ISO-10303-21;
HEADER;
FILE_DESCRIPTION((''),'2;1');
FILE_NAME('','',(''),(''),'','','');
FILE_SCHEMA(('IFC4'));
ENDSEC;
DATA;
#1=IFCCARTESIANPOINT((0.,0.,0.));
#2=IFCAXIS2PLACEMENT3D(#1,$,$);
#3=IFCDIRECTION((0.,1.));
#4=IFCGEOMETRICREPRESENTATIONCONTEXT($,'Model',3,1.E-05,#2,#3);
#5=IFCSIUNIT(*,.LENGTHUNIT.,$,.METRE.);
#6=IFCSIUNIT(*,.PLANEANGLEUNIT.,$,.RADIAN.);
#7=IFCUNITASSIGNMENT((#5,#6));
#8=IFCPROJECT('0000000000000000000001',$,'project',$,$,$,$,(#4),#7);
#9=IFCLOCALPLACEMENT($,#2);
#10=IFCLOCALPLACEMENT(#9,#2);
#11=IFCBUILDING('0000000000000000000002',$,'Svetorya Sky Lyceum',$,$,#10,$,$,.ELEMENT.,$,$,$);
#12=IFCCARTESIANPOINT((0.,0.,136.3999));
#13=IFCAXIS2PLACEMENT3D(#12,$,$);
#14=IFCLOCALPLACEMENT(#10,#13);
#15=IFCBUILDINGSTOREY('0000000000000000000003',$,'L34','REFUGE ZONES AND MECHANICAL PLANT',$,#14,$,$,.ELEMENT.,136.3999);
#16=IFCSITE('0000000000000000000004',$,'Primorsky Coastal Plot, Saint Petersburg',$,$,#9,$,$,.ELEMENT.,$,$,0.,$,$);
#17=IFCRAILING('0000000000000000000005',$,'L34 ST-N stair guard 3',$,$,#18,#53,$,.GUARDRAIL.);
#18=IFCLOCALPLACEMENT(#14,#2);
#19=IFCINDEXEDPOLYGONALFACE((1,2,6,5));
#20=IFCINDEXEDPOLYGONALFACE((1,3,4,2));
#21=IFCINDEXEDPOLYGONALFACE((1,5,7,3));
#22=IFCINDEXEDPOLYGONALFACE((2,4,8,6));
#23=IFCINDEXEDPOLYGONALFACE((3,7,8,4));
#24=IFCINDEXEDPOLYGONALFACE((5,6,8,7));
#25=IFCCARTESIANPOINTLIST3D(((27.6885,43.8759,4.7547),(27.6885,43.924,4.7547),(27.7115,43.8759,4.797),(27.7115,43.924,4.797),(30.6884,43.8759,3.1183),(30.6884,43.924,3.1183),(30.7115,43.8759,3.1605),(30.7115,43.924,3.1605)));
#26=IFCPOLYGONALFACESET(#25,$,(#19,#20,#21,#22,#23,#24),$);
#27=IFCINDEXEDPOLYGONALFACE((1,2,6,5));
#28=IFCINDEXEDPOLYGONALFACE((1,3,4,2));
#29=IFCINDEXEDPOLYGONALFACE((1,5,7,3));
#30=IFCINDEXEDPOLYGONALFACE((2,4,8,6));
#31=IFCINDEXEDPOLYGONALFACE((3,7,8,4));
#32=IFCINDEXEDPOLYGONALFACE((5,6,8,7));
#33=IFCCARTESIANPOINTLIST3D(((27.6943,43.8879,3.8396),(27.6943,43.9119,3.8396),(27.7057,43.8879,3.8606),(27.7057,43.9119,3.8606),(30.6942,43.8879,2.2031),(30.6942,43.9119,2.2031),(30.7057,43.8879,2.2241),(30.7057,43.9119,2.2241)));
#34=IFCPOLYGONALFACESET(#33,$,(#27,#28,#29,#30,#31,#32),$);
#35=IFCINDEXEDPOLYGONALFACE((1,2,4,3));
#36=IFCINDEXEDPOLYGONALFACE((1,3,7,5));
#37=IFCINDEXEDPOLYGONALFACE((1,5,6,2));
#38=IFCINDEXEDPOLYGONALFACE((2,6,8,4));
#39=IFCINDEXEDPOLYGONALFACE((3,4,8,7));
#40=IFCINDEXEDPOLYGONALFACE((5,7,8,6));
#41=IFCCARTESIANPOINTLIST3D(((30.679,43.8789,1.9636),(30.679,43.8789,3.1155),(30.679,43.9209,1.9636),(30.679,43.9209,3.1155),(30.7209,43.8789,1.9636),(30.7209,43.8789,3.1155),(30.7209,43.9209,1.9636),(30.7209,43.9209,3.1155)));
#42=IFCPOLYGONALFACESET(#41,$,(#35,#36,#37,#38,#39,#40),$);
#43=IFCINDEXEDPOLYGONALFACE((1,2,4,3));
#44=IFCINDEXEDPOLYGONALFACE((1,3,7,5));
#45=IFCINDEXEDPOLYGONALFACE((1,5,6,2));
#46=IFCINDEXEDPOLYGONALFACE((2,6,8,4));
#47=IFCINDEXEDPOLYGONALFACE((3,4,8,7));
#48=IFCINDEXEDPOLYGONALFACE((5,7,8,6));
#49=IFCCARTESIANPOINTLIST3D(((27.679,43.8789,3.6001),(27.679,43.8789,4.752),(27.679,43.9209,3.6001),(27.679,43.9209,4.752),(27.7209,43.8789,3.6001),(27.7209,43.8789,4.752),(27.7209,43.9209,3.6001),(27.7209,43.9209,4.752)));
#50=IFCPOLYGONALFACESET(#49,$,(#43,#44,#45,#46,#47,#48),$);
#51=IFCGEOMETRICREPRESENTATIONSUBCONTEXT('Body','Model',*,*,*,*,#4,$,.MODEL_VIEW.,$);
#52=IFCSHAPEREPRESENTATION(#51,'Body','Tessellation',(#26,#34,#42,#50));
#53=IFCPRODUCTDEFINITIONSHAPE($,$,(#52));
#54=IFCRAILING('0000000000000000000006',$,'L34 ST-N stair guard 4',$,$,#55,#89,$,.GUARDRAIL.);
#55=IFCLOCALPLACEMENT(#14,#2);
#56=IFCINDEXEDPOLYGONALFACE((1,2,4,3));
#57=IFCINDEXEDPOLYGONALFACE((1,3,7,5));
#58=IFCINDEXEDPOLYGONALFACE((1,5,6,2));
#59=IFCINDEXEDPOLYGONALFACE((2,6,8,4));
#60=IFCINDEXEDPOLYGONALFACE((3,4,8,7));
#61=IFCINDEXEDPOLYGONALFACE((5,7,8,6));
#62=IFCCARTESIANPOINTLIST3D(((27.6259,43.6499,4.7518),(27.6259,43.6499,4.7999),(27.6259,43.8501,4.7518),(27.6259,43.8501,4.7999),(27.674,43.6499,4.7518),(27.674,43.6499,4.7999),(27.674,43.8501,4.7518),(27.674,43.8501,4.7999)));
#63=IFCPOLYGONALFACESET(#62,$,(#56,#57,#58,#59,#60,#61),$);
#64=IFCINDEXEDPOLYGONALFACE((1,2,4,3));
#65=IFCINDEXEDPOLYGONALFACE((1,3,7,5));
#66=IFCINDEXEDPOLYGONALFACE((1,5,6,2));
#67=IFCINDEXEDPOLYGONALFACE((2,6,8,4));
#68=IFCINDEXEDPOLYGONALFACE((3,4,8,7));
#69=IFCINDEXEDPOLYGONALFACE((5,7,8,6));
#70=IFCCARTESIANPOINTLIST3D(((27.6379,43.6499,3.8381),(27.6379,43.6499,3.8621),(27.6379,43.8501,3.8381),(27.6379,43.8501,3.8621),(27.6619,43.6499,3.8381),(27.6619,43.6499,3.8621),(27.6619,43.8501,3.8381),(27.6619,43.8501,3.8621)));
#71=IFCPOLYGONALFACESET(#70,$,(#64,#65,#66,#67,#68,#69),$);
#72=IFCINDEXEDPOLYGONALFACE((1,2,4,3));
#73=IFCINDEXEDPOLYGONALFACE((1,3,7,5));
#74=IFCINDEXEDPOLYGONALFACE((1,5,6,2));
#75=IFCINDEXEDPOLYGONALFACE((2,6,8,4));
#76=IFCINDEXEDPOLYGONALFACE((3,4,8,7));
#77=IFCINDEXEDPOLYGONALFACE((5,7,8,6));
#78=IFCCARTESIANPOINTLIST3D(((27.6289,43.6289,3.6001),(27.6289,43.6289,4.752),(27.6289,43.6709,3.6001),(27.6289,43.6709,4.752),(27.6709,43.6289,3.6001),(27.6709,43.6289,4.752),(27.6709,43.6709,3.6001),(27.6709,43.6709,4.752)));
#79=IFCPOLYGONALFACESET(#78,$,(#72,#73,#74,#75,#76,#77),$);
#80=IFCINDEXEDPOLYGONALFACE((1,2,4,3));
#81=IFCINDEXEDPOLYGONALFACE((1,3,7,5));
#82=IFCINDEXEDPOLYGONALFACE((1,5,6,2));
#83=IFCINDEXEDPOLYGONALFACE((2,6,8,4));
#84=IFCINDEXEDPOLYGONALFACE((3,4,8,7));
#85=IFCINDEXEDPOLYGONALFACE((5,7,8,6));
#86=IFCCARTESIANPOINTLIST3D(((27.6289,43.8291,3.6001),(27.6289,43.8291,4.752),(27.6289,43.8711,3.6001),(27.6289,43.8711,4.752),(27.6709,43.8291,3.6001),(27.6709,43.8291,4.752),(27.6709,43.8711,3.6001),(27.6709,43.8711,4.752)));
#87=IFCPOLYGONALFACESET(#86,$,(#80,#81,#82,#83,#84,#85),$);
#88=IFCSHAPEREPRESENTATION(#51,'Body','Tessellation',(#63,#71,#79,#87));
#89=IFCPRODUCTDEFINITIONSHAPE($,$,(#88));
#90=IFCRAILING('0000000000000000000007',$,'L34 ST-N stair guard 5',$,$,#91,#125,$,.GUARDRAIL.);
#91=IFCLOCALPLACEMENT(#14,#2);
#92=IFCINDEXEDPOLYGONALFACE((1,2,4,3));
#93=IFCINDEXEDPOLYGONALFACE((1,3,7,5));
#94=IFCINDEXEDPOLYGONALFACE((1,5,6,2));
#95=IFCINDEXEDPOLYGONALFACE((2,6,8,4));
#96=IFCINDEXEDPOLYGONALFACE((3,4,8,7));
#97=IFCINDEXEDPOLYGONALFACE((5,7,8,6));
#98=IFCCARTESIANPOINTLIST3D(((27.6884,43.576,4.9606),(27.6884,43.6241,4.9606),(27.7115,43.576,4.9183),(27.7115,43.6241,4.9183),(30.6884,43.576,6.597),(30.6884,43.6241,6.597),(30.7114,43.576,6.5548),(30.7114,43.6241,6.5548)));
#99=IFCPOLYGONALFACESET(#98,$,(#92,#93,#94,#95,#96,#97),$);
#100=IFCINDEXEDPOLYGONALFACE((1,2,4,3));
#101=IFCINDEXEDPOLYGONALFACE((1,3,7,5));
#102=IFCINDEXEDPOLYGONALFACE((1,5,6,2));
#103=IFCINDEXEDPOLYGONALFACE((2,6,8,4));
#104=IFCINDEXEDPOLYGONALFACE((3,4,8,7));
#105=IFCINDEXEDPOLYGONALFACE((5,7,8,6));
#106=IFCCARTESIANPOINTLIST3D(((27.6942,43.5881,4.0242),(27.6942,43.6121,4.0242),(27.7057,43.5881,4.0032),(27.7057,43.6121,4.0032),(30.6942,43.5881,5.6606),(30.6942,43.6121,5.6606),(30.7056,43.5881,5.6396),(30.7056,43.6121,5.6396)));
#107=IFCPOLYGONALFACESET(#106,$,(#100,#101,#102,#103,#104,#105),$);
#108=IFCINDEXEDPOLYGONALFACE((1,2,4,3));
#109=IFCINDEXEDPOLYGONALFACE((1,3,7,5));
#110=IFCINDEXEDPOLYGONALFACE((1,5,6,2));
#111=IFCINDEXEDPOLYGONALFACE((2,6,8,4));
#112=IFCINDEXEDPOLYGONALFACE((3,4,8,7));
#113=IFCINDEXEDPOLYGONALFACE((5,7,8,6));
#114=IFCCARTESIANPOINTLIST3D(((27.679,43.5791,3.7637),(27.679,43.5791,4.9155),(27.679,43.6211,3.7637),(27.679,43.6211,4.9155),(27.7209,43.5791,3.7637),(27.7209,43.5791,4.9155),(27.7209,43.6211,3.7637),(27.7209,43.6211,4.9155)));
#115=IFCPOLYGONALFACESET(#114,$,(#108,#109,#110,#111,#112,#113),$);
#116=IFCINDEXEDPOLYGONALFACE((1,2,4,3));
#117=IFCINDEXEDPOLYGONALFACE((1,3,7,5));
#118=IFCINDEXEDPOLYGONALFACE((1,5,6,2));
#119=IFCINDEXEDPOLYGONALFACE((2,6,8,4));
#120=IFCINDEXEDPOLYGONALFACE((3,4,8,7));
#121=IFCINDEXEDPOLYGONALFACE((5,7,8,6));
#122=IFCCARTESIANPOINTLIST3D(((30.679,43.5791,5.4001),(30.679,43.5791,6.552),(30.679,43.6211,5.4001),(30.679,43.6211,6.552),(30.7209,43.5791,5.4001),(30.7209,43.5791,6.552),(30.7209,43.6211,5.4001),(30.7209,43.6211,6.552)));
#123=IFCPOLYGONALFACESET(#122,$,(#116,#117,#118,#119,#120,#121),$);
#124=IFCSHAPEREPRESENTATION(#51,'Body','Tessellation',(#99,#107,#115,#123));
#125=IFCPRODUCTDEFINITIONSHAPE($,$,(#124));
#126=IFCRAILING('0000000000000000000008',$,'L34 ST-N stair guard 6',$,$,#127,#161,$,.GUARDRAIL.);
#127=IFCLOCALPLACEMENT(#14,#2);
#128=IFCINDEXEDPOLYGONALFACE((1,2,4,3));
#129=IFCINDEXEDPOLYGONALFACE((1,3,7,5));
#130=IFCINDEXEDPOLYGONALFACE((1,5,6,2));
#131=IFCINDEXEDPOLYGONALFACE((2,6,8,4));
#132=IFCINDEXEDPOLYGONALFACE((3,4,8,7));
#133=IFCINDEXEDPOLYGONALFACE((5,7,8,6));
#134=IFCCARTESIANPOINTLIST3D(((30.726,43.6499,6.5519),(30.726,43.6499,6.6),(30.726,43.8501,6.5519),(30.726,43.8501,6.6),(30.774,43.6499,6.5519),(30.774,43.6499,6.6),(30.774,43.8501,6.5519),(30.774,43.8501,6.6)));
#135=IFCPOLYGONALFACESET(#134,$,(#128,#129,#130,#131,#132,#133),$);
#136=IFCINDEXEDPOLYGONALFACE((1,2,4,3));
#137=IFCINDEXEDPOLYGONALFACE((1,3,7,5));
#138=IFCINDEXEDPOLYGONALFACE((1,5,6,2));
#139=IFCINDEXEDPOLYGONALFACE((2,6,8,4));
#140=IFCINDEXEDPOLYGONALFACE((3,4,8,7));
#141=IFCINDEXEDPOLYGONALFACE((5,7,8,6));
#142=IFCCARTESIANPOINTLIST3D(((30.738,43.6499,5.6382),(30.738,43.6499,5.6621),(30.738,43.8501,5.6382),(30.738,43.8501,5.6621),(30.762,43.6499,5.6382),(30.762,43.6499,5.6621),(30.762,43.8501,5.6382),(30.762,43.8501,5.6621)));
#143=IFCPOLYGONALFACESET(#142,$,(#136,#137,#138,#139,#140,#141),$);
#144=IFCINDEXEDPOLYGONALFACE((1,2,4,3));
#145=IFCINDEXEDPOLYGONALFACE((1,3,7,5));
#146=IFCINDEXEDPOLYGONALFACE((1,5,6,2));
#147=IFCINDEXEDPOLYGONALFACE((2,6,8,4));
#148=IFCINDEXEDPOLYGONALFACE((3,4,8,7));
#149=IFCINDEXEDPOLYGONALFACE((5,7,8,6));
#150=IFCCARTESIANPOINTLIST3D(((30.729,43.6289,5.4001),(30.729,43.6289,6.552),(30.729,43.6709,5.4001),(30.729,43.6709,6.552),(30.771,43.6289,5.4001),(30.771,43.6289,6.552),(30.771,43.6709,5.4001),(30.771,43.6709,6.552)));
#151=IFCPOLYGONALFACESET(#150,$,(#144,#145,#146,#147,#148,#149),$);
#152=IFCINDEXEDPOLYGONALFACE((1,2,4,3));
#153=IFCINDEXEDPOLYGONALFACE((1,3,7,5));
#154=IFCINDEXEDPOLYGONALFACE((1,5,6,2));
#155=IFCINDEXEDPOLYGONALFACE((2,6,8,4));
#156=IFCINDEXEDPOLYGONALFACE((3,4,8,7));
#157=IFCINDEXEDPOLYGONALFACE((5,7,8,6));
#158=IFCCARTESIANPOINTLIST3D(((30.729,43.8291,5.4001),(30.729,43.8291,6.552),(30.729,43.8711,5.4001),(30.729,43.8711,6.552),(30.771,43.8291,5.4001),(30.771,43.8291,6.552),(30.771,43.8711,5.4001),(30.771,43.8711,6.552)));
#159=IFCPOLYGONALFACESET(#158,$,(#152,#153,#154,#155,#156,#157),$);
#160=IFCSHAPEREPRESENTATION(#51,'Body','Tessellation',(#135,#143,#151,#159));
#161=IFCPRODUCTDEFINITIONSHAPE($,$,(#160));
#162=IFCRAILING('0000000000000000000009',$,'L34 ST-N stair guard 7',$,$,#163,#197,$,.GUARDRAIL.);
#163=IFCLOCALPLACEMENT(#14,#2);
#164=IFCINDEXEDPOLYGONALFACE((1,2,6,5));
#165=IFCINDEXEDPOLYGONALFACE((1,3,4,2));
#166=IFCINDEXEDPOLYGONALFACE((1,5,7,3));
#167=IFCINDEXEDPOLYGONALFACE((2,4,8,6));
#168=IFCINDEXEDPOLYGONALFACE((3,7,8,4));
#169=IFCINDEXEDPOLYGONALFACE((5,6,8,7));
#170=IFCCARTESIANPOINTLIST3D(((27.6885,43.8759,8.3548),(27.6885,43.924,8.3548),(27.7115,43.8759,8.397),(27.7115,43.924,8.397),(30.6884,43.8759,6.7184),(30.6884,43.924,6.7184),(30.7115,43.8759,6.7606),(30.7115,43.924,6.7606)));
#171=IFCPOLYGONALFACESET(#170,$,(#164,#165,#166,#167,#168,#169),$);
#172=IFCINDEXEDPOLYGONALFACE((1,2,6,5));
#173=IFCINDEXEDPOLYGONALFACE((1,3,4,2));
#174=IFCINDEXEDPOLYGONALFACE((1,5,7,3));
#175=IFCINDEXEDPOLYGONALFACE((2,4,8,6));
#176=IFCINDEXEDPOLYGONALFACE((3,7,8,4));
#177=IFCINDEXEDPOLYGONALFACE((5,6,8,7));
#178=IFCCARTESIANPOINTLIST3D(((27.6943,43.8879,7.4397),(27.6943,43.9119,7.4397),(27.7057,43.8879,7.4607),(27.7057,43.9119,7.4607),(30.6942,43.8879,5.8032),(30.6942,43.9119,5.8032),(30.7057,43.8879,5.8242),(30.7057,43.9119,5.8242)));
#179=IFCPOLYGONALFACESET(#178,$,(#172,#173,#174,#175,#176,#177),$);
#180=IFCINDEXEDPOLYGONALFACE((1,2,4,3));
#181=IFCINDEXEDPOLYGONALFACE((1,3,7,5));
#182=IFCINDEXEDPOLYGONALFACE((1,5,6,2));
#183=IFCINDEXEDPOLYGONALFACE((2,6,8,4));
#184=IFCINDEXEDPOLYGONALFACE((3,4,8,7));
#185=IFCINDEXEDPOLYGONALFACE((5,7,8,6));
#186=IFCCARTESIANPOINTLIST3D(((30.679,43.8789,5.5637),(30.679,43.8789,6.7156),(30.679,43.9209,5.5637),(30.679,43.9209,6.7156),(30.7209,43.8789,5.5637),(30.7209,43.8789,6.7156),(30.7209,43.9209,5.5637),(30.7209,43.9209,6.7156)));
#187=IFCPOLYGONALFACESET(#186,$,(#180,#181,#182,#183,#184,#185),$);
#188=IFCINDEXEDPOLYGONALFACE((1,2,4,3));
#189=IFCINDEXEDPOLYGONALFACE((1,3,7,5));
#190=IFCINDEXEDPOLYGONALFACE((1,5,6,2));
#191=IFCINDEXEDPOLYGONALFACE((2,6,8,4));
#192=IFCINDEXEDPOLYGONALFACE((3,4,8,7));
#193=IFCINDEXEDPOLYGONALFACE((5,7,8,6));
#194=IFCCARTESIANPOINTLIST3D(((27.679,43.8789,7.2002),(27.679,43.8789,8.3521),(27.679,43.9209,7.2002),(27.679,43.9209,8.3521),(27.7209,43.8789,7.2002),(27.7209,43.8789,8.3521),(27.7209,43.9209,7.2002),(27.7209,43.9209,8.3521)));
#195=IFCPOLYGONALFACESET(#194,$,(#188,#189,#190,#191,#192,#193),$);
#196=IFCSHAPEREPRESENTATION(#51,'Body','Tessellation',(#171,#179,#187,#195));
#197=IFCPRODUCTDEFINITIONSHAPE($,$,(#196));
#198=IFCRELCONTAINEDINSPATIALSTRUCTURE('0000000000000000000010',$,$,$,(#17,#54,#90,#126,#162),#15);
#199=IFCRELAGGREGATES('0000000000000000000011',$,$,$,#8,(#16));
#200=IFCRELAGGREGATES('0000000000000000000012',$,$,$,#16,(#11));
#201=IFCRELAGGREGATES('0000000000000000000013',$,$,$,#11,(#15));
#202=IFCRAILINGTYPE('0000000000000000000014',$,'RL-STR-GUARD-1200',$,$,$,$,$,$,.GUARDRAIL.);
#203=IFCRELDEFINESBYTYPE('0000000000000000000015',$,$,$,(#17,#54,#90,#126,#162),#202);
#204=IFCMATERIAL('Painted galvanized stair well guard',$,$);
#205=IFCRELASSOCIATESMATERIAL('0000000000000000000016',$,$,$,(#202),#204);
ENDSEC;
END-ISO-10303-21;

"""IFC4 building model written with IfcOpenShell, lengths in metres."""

from ifc_helpers import new_model, si_unit, direction, frame, origin, origin_2d, place, context, subcontext, project, spatial, rectangle, extrude, material, type_object, element, save


model = new_model("IFC4")

# Units and contexts
model_context = context("Model", 3, precision=1e-05, world=origin(), true_north=direction((0.0, 1.0)))
body_context = subcontext(model_context, "Body", "Model", "MODEL_VIEW")
ifc_project = project(units=[si_unit("LENGTHUNIT", "METRE"), si_unit("PLANEANGLEUNIT", "RADIAN")], contexts=[model_context])

# Site, building, storey
site_placement = place(None, origin())
site = spatial("IfcSite", under=ifc_project, at=site_placement, Name="Primorsky Coastal Plot, Saint Petersburg", CompositionType="ELEMENT", RefElevation=0.0)
building_placement = place(site_placement, origin())
building = spatial("IfcBuilding", under=site, at=building_placement, Name="Svetorya Sky Lyceum", CompositionType="ELEMENT")
storey_placement = place(building_placement, frame((0.0, 0.0, 136.3999)))
storey = spatial("IfcBuildingStorey", under=building, at=storey_placement, Name="L34", Description="REFUGE ZONES AND MECHANICAL PLANT", CompositionType="ELEMENT", Elevation=136.3999)

# Railings
ifc_material_1 = material(Name="Painted galvanized stair well guard")
railing_type_1 = type_object("IfcRailingType", Name="RL-STR-GUARD-1200", PredefinedType="GUARDRAIL", material=ifc_material_1)
railing_1_placement = place(storey_placement, frame((30.7, 43.8999, 1.9636)))
element("IfcRailing", 1, at=railing_1_placement, inside=storey, type_object=railing_type_1, Name="L34 ST-N stair guard 3", PredefinedType="GUARDRAIL", context=body_context, shape_type="SweptSolid", body=[
    extrude(rectangle(XDim=0.0481, YDim=0.0481, at=origin_2d()), frame((0.0, 0.0, 1.1758), z_axis=(-0.877882, 0.0, 0.478877), x_axis=(0.0, -1.0, 0.0)), (0.0, 0.0, 1.0), 3.4172),
    extrude(rectangle(XDim=0.0239, YDim=0.0239, at=origin_2d()), frame((0.0, 0.0, 0.25), z_axis=(-0.877882, 0.0, 0.478877), x_axis=(0.0, -1.0, 0.0)), (0.0, 0.0, 1.0), 3.4172),
    extrude(rectangle(XDim=0.042, YDim=0.042, at=origin_2d()), origin(), (0.0, 0.0, 1.0), 1.1519),
    extrude(rectangle(XDim=0.042, YDim=0.042, at=origin_2d()), frame((-3.0, 0.0, 1.6365)), (0.0, 0.0, 1.0), 1.1519),
])
railing_2_placement = place(storey_placement, frame((27.6499, 43.6499, 3.6001)))
element("IfcRailing", 2, at=railing_2_placement, inside=storey, type_object=railing_type_1, Name="L34 ST-N stair guard 4", PredefinedType="GUARDRAIL", context=body_context, shape_type="SweptSolid", body=[
    extrude(rectangle(XDim=0.0481, YDim=0.0481, at=origin_2d()), frame((0.0, 0.0, 1.1758), z_axis=(0.0, 1.0, 0.0), x_axis=(-1.0, 0.0, 0.0)), (0.0, 0.0, 1.0), 0.2002),
    extrude(rectangle(XDim=0.0239, YDim=0.0239, at=origin_2d()), frame((0.0, 0.0, 0.25), z_axis=(0.0, 1.0, 0.0), x_axis=(-1.0, 0.0, 0.0)), (0.0, 0.0, 1.0), 0.2002),
    extrude(rectangle(XDim=0.042, YDim=0.042, at=origin_2d()), origin(), (0.0, 0.0, 1.0), 1.1519),
    extrude(rectangle(XDim=0.042, YDim=0.042, at=origin_2d()), frame((0.0, 0.2002, 0.0)), (0.0, 0.0, 1.0), 1.1519),
])
railing_3_placement = place(storey_placement, frame((27.7, 43.6001, 3.7637)))
element("IfcRailing", 3, at=railing_3_placement, inside=storey, type_object=railing_type_1, Name="L34 ST-N stair guard 5", PredefinedType="GUARDRAIL", context=body_context, shape_type="SweptSolid", body=[
    extrude(rectangle(XDim=0.0481, YDim=0.0481, at=origin_2d()), frame((0.0, 0.0, 1.1758), z_axis=(0.877882, 0.0, 0.478877), x_axis=(0.0, 1.0, 0.0)), (0.0, 0.0, 1.0), 3.4172),
    extrude(rectangle(XDim=0.0239, YDim=0.0239, at=origin_2d()), frame((0.0, 0.0, 0.25), z_axis=(0.877882, 0.0, 0.478877), x_axis=(0.0, 1.0, 0.0)), (0.0, 0.0, 1.0), 3.4172),
    extrude(rectangle(XDim=0.042, YDim=0.042, at=origin_2d()), origin(), (0.0, 0.0, 1.0), 1.1519),
    extrude(rectangle(XDim=0.042, YDim=0.042, at=origin_2d()), frame((3.0, 0.0, 1.6365)), (0.0, 0.0, 1.0), 1.1519),
])
railing_4_placement = place(storey_placement, frame((30.75, 43.6499, 5.4001)))
element("IfcRailing", 4, at=railing_4_placement, inside=storey, type_object=railing_type_1, Name="L34 ST-N stair guard 6", PredefinedType="GUARDRAIL", context=body_context, shape_type="SweptSolid", body=[
    extrude(rectangle(XDim=0.0481, YDim=0.0481, at=origin_2d()), frame((0.0, 0.0, 1.1758), z_axis=(0.0, 1.0, 0.0), x_axis=(-1.0, 0.0, 0.0)), (0.0, 0.0, 1.0), 0.2002),
    extrude(rectangle(XDim=0.0239, YDim=0.0239, at=origin_2d()), frame((0.0, 0.0, 0.25), z_axis=(0.0, 1.0, 0.0), x_axis=(-1.0, 0.0, 0.0)), (0.0, 0.0, 1.0), 0.2002),
    extrude(rectangle(XDim=0.042, YDim=0.042, at=origin_2d()), origin(), (0.0, 0.0, 1.0), 1.1519),
    extrude(rectangle(XDim=0.042, YDim=0.042, at=origin_2d()), frame((0.0, 0.2002, 0.0)), (0.0, 0.0, 1.0), 1.1519),
])
railing_5_placement = place(storey_placement, frame((30.7, 43.8999, 5.5637)))
element("IfcRailing", 5, at=railing_5_placement, inside=storey, type_object=railing_type_1, Name="L34 ST-N stair guard 7", PredefinedType="GUARDRAIL", context=body_context, shape_type="SweptSolid", body=[
    extrude(rectangle(XDim=0.0481, YDim=0.0481, at=origin_2d()), frame((0.0, 0.0, 1.1758), z_axis=(-0.877882, 0.0, 0.478877), x_axis=(0.0, -1.0, 0.0)), (0.0, 0.0, 1.0), 3.4172),
    extrude(rectangle(XDim=0.0239, YDim=0.0239, at=origin_2d()), frame((0.0, 0.0, 0.25), z_axis=(-0.877882, 0.0, 0.478877), x_axis=(0.0, -1.0, 0.0)), (0.0, 0.0, 1.0), 3.4172),
    extrude(rectangle(XDim=0.042, YDim=0.042, at=origin_2d()), origin(), (0.0, 0.0, 1.0), 1.1519),
    extrude(rectangle(XDim=0.042, YDim=0.042, at=origin_2d()), frame((-3.0, 0.0, 1.6365)), (0.0, 0.0, 1.0), 1.1519),
])

save(model, "model.ifc")
